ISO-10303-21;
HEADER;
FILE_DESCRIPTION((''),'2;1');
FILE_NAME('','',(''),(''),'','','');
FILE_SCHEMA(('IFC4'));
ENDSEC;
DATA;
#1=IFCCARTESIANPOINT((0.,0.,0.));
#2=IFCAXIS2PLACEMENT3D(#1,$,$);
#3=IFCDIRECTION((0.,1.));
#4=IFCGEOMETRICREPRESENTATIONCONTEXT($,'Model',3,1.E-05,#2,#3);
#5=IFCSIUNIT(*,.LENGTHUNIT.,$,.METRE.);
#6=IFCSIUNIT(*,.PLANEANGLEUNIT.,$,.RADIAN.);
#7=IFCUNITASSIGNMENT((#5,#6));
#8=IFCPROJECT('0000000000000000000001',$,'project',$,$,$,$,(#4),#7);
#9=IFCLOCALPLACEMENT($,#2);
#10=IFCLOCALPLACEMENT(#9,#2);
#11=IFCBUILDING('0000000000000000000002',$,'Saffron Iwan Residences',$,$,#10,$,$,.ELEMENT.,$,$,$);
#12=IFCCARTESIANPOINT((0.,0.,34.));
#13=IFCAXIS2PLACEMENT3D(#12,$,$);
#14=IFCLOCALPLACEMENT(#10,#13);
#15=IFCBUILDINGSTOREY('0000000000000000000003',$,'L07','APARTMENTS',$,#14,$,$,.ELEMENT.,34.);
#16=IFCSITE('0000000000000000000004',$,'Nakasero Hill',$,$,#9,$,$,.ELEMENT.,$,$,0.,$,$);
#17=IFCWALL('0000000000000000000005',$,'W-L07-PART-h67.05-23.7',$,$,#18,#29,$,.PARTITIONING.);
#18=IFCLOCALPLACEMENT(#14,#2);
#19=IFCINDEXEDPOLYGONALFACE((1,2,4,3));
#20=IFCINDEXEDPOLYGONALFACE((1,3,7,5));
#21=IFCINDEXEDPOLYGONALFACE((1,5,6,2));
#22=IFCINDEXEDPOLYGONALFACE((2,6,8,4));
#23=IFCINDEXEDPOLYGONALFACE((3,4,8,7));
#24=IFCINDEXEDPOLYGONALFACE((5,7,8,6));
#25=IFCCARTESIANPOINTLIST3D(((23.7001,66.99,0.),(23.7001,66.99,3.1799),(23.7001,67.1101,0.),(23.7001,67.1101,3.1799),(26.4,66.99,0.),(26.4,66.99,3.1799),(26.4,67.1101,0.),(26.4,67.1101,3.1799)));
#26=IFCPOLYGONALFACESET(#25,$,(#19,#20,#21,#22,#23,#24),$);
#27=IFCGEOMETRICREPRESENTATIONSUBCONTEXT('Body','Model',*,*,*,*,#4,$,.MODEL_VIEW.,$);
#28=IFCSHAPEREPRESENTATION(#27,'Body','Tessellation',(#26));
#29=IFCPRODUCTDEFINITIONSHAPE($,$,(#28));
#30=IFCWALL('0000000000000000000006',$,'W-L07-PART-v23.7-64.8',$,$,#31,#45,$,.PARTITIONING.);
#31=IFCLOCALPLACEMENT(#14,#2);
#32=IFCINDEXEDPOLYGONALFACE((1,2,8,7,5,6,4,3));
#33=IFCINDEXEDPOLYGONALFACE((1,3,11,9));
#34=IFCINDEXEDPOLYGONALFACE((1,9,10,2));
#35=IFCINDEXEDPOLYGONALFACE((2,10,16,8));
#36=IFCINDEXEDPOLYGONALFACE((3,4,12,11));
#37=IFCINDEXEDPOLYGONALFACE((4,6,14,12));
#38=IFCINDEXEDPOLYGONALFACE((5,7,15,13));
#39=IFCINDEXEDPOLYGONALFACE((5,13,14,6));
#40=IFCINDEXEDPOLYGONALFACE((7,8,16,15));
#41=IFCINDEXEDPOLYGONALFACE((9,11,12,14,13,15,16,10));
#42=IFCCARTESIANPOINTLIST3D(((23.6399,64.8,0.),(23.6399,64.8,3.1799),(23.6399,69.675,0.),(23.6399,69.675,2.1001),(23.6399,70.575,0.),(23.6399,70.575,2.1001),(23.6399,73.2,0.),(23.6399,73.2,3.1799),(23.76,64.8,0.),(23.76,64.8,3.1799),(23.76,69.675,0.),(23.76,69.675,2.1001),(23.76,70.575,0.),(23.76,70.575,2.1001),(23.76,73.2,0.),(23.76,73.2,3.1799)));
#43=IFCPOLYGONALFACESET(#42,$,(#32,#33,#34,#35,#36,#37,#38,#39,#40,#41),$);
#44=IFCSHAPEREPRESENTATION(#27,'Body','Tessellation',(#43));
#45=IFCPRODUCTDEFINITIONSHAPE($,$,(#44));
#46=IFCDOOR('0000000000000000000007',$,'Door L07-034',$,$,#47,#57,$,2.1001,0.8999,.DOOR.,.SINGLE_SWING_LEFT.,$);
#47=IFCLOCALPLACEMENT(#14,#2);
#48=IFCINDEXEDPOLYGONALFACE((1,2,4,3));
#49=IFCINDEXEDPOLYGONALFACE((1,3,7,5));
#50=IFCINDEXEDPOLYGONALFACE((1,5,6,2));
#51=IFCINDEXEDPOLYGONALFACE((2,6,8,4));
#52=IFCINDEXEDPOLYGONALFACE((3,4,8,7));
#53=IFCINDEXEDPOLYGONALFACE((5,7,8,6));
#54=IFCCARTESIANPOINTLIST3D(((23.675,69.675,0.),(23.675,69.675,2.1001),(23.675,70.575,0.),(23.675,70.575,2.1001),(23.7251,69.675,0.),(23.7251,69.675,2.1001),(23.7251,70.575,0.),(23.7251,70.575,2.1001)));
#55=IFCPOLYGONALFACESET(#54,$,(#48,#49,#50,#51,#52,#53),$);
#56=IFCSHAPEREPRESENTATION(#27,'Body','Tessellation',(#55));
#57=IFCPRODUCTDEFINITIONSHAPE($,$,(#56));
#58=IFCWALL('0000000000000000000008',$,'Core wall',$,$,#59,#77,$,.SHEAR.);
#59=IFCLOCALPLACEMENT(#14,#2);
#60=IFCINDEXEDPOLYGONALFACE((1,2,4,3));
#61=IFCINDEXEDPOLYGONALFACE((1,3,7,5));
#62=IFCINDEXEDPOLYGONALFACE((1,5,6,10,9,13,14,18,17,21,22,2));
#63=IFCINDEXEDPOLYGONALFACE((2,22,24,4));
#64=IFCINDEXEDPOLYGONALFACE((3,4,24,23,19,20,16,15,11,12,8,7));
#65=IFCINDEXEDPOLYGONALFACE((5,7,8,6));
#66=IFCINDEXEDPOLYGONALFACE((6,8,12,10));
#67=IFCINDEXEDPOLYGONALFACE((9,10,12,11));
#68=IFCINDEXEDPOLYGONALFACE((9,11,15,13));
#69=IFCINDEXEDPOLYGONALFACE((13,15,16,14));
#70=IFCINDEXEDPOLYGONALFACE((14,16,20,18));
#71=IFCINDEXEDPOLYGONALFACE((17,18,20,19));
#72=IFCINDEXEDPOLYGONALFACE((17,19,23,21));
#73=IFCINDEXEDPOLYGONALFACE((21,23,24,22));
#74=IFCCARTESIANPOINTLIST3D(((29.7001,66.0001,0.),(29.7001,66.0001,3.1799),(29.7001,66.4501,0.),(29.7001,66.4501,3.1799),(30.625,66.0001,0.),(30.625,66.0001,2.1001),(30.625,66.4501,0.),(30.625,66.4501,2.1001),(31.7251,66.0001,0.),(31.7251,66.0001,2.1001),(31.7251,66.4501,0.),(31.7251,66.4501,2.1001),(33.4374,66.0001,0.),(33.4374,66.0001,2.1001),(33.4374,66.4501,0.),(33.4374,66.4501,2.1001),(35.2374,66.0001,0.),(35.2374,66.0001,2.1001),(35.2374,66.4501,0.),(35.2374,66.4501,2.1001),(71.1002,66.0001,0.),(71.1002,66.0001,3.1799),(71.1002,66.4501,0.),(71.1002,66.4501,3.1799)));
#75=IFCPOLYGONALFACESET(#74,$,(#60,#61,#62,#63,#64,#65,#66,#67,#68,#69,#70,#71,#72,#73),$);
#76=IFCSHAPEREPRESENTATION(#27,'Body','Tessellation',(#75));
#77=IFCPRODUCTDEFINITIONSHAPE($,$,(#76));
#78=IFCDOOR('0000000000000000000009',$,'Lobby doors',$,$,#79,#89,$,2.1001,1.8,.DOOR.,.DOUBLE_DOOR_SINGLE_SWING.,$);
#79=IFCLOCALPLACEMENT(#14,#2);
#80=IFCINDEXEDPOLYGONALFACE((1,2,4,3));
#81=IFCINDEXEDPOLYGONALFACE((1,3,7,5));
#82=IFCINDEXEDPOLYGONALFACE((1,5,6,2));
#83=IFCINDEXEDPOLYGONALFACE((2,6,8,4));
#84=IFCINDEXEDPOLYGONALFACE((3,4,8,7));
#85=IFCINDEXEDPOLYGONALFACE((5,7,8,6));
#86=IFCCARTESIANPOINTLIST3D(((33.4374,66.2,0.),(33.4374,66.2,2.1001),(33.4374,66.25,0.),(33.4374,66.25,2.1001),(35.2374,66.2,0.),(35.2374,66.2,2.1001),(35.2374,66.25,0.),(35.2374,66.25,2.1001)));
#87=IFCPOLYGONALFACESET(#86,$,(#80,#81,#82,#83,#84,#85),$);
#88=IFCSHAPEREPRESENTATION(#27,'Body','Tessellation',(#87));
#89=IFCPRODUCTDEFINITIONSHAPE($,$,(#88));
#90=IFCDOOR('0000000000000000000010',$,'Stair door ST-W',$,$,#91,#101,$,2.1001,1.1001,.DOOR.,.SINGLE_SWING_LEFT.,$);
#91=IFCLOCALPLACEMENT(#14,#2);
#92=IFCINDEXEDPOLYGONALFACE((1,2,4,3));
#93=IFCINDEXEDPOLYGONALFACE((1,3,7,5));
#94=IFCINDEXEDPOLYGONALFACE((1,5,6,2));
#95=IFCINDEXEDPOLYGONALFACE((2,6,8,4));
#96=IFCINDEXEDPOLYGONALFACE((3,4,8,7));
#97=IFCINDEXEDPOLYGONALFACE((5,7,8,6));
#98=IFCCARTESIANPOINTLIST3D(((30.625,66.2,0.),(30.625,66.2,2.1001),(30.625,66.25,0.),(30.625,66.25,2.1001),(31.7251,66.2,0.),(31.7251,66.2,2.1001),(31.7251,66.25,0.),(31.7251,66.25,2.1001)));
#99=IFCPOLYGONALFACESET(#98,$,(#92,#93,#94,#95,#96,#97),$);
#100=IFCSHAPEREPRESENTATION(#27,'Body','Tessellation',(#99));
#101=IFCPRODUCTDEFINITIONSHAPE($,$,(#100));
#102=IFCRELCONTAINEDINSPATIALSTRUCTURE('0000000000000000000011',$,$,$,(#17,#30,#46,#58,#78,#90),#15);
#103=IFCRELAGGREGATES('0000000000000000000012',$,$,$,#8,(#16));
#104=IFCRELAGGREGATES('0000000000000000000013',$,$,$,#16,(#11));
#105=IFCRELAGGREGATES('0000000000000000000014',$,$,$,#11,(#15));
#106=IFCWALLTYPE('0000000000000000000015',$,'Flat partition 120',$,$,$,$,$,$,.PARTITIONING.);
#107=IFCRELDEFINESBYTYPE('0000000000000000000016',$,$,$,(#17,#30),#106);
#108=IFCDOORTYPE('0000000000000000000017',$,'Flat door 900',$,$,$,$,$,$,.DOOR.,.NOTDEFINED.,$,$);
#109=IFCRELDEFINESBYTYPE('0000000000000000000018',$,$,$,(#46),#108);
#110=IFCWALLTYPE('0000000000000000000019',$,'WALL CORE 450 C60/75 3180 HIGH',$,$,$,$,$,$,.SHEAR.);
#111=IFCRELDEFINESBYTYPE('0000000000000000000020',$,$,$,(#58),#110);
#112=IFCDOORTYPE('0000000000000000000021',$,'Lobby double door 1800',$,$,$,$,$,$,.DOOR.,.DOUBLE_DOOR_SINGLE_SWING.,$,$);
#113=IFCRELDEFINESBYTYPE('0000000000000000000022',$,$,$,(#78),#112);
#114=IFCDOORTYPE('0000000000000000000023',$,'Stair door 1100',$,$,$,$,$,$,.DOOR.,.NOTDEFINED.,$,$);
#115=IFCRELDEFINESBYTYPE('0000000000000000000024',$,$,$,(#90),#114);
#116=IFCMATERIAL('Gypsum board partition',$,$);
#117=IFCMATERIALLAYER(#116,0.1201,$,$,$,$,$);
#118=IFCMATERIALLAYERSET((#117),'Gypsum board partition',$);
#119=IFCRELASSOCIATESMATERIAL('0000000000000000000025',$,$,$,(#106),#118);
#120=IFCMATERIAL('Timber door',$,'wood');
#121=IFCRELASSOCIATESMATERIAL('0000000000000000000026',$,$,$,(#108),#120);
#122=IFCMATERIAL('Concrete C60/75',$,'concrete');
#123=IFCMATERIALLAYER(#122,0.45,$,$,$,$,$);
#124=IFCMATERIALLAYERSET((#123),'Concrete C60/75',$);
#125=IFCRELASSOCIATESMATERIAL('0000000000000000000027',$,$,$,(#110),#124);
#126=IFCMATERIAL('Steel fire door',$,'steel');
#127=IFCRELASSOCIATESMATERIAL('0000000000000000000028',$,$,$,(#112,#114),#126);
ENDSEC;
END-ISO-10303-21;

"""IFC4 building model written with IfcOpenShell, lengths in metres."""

from ifc_helpers import new_model, si_unit, direction, frame, frame_2d, origin, place, context, subcontext, project, spatial, rectangle, extrude, material, layer, layer_set, type_object, element, fill, save


model = new_model("IFC4")

# Units and contexts
model_context = context("Model", 3, precision=1e-05, world=origin(), true_north=direction((0.0, 1.0)))
body_context = subcontext(model_context, "Body", "Model", "MODEL_VIEW")
ifc_project = project(units=[si_unit("LENGTHUNIT", "METRE"), si_unit("PLANEANGLEUNIT", "RADIAN")], contexts=[model_context])

# Site, building, storey
site_placement = place(None, origin())
site = spatial("IfcSite", under=ifc_project, at=site_placement, Name="Nakasero Hill", CompositionType="ELEMENT", RefElevation=0.0)
building_placement = place(site_placement, origin())
building = spatial("IfcBuilding", under=site, at=building_placement, Name="Saffron Iwan Residences", CompositionType="ELEMENT")
storey_placement = place(building_placement, frame((0.0, 0.0, 34.0)))
storey = spatial("IfcBuildingStorey", under=building, at=storey_placement, Name="L07", Description="APARTMENTS", CompositionType="ELEMENT", Elevation=34.0)

# Wall
ifc_material_1 = material(Name="Gypsum board partition")
ifc_layer_1 = layer(ifc_material_1, 0.1201)
ifc_layer_set_1 = layer_set([ifc_layer_1], Name="Gypsum board partition")
wall_type_1 = type_object("IfcWallType", Name="Flat partition 120", PredefinedType="PARTITIONING", material=ifc_layer_set_1)
wall_1_placement = place(storey_placement, frame((23.7, 67.05, 0.0), z_axis=(0.0, 0.0, 1.0), x_axis=(1.0, 0.0, 0.0)))
element("IfcWall", 1, at=wall_1_placement, inside=storey, type_object=wall_type_1, Name="W-L07-PART-h67.05-23.7", PredefinedType="PARTITIONING", context=body_context, shape_type="SweptSolid", body=[
    extrude(rectangle(XDim=2.7, YDim=0.1201, at=frame_2d((1.3501, 0.0))), origin(), (0.0, 0.0, 1.0), 3.1799),
])

# Wall, opening, door
wall_2_placement = place(storey_placement, frame((23.7, 64.8, 0.0), z_axis=(0.0, 0.0, 1.0), x_axis=(0.0, 1.0, 0.0)))
wall_2 = element("IfcWall", 2, at=wall_2_placement, inside=storey, type_object=wall_type_1, Name="W-L07-PART-v23.7-64.8", PredefinedType="PARTITIONING", context=body_context, shape_type="SweptSolid", body=[
    extrude(rectangle(XDim=8.3999, YDim=0.1201, at=frame_2d((4.2, 0.0))), origin(), (0.0, 0.0, 1.0), 3.1799),
])
opening_1_placement = place(wall_2_placement, frame((4.875, 0.0, 0.0)))
opening_1 = element("IfcOpeningElement", 3, at=opening_1_placement, cuts=wall_2, PredefinedType="OPENING", context=body_context, shape_type="SweptSolid", body=[
    extrude(rectangle(XDim=0.8999, YDim=2.1001, at=frame_2d((0.45, 1.05))), frame((0.0, 0.0701, 0.0), z_axis=(0.0, -1.0, 0.0), x_axis=(1.0, 0.0, 0.0)), (0.0, 0.0, 1.0), 0.1401),
])
ifc_material_2 = material(Name="Timber door", Category="wood")
door_type_1 = type_object("IfcDoorType", Name="Flat door 900", OperationType="NOTDEFINED", PredefinedType="DOOR", material=ifc_material_2)
door_1_placement = place(opening_1_placement, origin())
door_1 = element("IfcDoor", 4, at=door_1_placement, inside=storey, type_object=door_type_1, Name="Door L07-034", OperationType="SINGLE_SWING_LEFT", OverallHeight=2.1001, OverallWidth=0.8999, PredefinedType="DOOR", context=body_context, shape_type="SweptSolid", body=[
    extrude(rectangle(XDim=0.8999, YDim=2.1001, at=frame_2d((0.45, 1.05))), frame((0.0, 0.0249, 0.0), z_axis=(0.0, -1.0, 0.0), x_axis=(1.0, 0.0, 0.0)), (0.0, 0.0, 1.0), 0.05),
])
fill(opening_1, door_1)

# Wall, openings, doors
ifc_material_3 = material(Name="Concrete C60/75", Category="concrete")
ifc_layer_2 = layer(ifc_material_3, 0.45)
ifc_layer_set_2 = layer_set([ifc_layer_2], Name="Concrete C60/75")
wall_type_2 = type_object("IfcWallType", Name="WALL CORE 450 C60/75 3180 HIGH", PredefinedType="SHEAR", material=ifc_layer_set_2)
wall_3_placement = place(storey_placement, frame((29.7, 66.2251, 0.0), z_axis=(0.0, 0.0, 1.0), x_axis=(1.0, 0.0, 0.0)))
wall_3 = element("IfcWall", 5, at=wall_3_placement, inside=storey, type_object=wall_type_2, Name="Core wall", PredefinedType="SHEAR", context=body_context, shape_type="SweptSolid", body=[
    extrude(rectangle(XDim=41.4001, YDim=0.45, at=frame_2d((20.7002, 0.0))), origin(), (0.0, 0.0, 1.0), 3.1799),
])
opening_2_placement = place(wall_3_placement, frame((0.925, 0.0, 0.0)))
opening_2 = element("IfcOpeningElement", 6, at=opening_2_placement, cuts=wall_3, PredefinedType="OPENING", context=body_context, shape_type="SweptSolid", body=[
    extrude(rectangle(XDim=1.1001, YDim=2.1001, at=frame_2d((0.55, 1.05))), frame((0.0, 0.2349, 0.0), z_axis=(0.0, -1.0, 0.0), x_axis=(1.0, 0.0, 0.0)), (0.0, 0.0, 1.0), 0.47),
])
opening_3_placement = place(wall_3_placement, frame((3.7375, 0.0, 0.0)))
opening_3 = element("IfcOpeningElement", 7, at=opening_3_placement, cuts=wall_3, PredefinedType="OPENING", context=body_context, shape_type="SweptSolid", body=[
    extrude(rectangle(XDim=1.8, YDim=2.1001, at=frame_2d((0.8999, 1.05))), frame((0.0, 0.2349, 0.0), z_axis=(0.0, -1.0, 0.0), x_axis=(1.0, 0.0, 0.0)), (0.0, 0.0, 1.0), 0.47),
])
ifc_material_4 = material(Name="Steel fire door", Category="steel")
door_type_2 = type_object("IfcDoorType", Name="Lobby double door 1800", OperationType="DOUBLE_DOOR_SINGLE_SWING", PredefinedType="DOOR", material=ifc_material_4)
door_2_placement = place(opening_3_placement, origin())
door_2 = element("IfcDoor", 8, at=door_2_placement, inside=storey, type_object=door_type_2, Name="Lobby doors", OperationType="DOUBLE_DOOR_SINGLE_SWING", OverallHeight=2.1001, OverallWidth=1.8, PredefinedType="DOOR", context=body_context, shape_type="SweptSolid", body=[
    extrude(rectangle(XDim=1.8, YDim=2.1001, at=frame_2d((0.8999, 1.05))), frame((0.0, 0.0249, 0.0), z_axis=(0.0, -1.0, 0.0), x_axis=(1.0, 0.0, 0.0)), (0.0, 0.0, 1.0), 0.05),
])
fill(opening_3, door_2)
door_type_3 = type_object("IfcDoorType", Name="Stair door 1100", OperationType="NOTDEFINED", PredefinedType="DOOR", material=ifc_material_4)
door_3_placement = place(opening_2_placement, origin())
door_3 = element("IfcDoor", 9, at=door_3_placement, inside=storey, type_object=door_type_3, Name="Stair door ST-W", OperationType="SINGLE_SWING_LEFT", OverallHeight=2.1001, OverallWidth=1.1001, PredefinedType="DOOR", context=body_context, shape_type="SweptSolid", body=[
    extrude(rectangle(XDim=1.1001, YDim=2.1001, at=frame_2d((0.55, 1.05))), frame((0.0, 0.0249, 0.0), z_axis=(0.0, -1.0, 0.0), x_axis=(1.0, 0.0, 0.0)), (0.0, 0.0, 1.0), 0.05),
])
fill(opening_2, door_3)

save(model, "model.ifc")
